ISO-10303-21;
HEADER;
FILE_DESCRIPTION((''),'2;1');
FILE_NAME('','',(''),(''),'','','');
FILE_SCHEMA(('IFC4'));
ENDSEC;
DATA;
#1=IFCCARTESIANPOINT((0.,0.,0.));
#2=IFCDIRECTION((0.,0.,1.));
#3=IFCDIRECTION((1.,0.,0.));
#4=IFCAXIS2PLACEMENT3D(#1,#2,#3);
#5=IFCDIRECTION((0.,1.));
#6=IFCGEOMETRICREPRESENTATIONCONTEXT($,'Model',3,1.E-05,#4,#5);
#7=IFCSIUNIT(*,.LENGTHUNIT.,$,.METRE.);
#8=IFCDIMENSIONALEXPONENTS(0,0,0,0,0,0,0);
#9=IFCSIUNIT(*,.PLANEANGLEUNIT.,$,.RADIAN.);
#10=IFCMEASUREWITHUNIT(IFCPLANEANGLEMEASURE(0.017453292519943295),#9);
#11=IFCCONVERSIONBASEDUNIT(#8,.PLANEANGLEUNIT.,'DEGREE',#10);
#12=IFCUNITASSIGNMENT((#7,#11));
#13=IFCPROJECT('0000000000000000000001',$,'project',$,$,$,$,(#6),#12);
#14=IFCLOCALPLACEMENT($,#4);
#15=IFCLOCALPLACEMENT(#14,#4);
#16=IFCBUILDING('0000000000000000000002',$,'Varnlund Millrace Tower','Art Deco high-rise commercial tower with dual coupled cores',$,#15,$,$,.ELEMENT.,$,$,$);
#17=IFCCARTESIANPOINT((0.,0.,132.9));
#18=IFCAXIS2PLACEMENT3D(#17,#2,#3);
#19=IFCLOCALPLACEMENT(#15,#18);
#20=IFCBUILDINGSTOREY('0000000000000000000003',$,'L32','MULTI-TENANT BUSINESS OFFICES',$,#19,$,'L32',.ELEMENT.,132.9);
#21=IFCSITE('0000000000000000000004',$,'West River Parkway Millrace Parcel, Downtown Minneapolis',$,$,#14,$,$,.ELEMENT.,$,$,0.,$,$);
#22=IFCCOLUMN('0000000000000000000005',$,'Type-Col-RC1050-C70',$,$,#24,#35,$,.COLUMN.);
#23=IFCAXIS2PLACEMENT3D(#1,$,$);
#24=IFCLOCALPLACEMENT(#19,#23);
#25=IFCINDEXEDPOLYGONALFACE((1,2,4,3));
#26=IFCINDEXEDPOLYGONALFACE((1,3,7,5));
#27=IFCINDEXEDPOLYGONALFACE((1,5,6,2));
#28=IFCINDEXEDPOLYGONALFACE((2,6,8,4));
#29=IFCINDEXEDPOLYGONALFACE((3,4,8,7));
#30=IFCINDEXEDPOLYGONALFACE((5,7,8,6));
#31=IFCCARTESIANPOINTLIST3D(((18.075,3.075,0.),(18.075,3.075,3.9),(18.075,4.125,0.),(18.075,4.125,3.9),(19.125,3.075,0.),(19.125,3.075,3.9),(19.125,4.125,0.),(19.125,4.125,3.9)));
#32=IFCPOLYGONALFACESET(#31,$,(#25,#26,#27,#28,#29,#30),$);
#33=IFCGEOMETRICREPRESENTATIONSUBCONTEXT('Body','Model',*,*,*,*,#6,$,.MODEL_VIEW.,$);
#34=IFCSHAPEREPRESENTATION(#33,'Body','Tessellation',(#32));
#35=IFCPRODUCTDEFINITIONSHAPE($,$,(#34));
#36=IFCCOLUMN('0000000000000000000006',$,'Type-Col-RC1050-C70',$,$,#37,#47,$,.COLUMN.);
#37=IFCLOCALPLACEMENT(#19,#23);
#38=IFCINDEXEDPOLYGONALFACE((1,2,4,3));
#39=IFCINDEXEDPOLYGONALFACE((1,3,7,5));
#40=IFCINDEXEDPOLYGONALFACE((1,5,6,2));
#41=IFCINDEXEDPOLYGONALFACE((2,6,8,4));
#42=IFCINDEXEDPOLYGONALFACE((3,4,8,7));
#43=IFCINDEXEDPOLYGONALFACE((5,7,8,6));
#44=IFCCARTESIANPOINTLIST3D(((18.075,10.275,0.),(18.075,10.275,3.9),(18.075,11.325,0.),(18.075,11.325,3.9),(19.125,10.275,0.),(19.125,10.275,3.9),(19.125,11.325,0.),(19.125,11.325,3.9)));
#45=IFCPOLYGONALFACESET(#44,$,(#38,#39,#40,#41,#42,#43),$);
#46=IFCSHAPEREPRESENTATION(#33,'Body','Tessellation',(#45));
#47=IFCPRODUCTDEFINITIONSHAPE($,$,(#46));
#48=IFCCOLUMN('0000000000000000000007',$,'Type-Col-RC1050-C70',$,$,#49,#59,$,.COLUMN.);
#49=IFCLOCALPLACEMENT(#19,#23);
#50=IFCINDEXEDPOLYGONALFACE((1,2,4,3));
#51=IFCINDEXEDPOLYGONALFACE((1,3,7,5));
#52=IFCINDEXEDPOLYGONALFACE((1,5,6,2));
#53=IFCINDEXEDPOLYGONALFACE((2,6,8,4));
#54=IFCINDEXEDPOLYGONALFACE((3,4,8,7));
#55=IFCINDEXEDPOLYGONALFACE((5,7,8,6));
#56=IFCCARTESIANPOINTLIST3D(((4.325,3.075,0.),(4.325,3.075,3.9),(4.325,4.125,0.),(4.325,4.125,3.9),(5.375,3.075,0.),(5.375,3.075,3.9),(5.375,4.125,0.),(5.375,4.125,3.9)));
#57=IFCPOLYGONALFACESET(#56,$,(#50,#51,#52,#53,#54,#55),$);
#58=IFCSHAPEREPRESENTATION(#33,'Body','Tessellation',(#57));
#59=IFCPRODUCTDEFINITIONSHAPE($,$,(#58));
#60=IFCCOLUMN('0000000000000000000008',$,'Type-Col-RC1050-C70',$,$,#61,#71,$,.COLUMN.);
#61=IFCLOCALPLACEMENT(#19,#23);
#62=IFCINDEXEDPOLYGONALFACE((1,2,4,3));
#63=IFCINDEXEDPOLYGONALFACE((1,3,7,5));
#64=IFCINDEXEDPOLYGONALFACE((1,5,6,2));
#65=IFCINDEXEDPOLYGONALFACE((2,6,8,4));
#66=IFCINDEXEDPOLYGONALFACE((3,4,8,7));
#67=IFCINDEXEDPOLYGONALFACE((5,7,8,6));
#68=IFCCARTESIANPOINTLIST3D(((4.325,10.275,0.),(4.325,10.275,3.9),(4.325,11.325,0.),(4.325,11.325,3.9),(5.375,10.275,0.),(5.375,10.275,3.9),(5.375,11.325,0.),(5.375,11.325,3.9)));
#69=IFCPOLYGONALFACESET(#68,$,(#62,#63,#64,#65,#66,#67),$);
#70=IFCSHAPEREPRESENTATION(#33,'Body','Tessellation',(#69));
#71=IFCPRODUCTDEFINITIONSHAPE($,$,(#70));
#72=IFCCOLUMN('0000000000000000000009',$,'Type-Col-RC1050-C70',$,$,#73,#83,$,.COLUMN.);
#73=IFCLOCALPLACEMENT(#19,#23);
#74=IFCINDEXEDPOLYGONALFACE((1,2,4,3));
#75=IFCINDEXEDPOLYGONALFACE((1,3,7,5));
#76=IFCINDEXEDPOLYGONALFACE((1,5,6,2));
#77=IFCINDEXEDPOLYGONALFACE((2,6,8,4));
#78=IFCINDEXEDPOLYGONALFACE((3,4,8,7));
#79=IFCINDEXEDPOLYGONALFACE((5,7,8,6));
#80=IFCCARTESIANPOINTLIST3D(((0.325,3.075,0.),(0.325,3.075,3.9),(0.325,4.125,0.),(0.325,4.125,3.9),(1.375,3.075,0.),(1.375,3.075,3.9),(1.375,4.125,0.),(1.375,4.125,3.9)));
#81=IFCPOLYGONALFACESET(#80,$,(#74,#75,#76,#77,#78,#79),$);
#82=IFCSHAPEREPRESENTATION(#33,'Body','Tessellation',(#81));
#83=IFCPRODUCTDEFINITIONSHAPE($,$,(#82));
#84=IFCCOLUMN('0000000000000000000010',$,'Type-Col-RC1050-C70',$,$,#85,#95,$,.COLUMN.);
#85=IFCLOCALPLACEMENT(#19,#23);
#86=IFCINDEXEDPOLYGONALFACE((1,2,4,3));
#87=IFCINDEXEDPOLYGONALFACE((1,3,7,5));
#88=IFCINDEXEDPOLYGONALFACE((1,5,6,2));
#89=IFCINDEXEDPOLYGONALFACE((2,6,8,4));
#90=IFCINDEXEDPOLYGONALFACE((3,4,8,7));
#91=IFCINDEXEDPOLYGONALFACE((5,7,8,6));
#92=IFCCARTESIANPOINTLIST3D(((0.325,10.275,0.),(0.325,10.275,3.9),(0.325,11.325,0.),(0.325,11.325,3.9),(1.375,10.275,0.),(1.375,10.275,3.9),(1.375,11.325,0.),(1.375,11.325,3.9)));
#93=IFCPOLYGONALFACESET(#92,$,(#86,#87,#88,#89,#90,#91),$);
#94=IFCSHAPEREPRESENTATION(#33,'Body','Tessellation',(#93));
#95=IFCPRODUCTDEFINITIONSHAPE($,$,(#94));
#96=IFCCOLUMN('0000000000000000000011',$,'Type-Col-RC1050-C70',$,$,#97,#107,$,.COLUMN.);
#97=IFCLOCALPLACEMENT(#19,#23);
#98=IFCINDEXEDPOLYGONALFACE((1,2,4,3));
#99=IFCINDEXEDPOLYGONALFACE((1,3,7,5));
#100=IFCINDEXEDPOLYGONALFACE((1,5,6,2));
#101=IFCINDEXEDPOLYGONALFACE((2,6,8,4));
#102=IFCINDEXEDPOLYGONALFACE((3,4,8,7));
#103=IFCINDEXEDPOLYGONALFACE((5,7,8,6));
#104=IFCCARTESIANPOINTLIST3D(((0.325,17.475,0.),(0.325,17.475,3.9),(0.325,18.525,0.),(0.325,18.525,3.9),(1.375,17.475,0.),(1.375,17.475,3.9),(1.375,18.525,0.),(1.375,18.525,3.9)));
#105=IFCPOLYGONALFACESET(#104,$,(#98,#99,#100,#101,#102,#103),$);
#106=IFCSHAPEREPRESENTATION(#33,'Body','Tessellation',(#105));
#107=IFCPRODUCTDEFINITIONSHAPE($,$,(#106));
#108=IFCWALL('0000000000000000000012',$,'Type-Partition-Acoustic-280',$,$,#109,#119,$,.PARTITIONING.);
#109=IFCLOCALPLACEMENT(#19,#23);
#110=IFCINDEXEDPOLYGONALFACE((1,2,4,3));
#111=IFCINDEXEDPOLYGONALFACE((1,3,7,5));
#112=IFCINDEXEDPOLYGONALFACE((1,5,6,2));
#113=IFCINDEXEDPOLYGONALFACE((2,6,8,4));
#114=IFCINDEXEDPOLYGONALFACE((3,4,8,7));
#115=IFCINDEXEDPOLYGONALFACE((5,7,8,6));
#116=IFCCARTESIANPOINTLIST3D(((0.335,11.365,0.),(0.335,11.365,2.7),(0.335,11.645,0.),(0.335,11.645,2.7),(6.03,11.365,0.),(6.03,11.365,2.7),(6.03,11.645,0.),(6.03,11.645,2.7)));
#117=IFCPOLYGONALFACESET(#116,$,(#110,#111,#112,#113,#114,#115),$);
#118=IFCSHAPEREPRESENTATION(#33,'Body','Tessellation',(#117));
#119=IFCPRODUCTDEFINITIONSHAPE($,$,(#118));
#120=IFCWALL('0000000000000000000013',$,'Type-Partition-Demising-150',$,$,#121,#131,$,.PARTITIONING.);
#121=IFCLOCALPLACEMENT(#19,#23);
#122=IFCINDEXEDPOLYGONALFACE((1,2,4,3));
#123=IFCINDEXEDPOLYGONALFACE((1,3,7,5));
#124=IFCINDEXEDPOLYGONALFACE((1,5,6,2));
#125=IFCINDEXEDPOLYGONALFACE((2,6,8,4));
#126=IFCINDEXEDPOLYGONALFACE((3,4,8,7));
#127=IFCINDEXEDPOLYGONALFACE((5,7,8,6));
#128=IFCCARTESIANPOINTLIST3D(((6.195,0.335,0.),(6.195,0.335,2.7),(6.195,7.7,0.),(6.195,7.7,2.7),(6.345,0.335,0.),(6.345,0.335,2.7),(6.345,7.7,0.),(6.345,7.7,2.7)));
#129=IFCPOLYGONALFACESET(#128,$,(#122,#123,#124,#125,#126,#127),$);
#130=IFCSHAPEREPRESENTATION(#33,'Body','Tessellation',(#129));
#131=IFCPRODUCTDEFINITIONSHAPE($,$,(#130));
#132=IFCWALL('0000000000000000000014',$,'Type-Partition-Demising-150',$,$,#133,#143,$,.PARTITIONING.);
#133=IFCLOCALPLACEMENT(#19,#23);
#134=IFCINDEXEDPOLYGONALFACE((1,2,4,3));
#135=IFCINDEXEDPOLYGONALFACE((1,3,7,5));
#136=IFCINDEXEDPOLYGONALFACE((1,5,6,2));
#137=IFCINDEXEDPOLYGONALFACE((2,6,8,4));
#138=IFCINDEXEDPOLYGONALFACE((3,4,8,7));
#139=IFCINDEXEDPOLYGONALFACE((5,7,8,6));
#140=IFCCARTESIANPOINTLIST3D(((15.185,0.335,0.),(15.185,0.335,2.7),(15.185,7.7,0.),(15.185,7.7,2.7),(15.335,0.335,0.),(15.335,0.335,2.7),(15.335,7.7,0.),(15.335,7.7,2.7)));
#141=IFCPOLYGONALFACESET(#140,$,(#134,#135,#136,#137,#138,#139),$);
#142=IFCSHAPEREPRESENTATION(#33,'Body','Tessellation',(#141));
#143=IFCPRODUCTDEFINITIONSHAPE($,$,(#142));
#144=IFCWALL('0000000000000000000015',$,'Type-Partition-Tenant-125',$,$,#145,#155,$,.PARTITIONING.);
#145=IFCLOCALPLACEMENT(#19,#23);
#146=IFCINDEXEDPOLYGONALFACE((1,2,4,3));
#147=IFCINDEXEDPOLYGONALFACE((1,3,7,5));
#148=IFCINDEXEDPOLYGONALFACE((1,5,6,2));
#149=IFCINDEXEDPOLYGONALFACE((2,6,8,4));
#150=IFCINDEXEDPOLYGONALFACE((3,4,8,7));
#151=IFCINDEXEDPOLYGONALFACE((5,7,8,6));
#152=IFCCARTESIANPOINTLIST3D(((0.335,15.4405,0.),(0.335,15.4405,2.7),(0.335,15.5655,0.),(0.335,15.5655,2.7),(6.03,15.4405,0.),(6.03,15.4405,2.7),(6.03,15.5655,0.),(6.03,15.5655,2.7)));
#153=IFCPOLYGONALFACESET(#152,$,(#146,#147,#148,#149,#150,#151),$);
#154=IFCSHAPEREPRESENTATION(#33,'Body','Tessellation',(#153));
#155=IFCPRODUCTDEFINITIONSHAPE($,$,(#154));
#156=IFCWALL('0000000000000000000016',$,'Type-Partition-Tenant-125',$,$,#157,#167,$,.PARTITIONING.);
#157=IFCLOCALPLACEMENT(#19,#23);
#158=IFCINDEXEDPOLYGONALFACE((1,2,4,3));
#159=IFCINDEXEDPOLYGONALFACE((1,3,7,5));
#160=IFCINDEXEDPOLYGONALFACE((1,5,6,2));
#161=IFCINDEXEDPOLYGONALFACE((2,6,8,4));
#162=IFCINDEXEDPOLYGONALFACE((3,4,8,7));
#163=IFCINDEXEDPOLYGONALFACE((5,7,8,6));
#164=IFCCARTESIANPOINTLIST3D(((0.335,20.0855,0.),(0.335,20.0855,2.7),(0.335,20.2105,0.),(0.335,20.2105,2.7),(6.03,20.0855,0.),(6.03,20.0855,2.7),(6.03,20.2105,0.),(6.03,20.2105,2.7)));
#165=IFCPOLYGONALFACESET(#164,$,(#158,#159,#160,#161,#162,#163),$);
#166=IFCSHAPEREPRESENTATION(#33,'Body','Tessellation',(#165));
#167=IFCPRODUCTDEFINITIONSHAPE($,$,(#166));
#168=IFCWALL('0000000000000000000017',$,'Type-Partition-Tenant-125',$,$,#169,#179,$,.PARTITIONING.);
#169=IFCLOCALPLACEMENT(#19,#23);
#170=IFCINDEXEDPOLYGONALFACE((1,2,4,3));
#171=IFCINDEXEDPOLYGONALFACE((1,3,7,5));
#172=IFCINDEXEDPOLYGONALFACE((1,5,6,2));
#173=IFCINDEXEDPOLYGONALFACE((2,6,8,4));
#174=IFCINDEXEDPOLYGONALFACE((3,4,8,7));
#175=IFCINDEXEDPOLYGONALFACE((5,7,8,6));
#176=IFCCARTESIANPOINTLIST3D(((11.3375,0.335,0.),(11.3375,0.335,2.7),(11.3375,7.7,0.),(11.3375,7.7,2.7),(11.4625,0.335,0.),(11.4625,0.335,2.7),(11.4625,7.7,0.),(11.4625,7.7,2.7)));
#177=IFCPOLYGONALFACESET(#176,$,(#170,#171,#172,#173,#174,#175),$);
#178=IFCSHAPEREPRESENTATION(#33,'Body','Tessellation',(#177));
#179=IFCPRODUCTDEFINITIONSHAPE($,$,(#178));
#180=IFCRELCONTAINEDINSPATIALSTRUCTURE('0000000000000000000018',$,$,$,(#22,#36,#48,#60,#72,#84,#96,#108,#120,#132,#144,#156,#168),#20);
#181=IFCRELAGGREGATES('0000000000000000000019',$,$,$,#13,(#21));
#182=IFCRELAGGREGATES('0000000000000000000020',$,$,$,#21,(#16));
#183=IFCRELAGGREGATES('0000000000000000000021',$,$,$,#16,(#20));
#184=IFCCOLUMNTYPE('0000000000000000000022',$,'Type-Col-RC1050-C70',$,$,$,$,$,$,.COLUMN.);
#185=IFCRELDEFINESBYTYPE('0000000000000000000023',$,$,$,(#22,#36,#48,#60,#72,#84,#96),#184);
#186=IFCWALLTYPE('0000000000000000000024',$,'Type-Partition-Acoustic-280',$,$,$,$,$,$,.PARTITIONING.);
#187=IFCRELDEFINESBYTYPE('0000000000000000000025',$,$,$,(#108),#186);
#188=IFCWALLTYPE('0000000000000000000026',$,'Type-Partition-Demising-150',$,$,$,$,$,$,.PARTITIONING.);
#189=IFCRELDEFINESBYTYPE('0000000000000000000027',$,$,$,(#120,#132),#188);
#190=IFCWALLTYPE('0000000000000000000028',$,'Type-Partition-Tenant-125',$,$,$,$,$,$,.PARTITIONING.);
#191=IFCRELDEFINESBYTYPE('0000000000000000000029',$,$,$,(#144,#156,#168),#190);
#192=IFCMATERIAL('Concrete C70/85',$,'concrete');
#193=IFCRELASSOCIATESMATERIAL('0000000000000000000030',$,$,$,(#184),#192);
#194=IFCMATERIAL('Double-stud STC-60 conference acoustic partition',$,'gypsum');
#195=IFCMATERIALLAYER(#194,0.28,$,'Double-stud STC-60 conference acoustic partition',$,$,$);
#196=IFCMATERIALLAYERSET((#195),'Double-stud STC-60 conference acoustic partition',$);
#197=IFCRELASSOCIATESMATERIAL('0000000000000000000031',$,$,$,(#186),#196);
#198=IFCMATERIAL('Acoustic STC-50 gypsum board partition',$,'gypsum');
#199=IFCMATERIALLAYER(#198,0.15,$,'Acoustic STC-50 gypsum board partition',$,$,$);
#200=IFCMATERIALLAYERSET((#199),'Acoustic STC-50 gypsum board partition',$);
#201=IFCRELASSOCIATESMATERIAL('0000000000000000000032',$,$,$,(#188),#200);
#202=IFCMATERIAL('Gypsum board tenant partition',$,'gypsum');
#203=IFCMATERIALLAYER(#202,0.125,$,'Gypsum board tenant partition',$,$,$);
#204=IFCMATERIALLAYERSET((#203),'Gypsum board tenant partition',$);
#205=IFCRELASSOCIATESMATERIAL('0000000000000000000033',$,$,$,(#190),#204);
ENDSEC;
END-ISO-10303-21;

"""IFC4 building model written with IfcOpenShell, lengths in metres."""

from ifc_helpers import new_model, entity, si_unit, converted_unit, direction, frame, origin_with_axes, origin_2d_with_axis, place, context, subcontext, project, spatial, polyline, rectangle, outline, extrude, material, layer, layer_set, material_profile, profile_set, type_object, element, save


model = new_model("IFC4")

# Units and contexts
model_context = context("Model", 3, precision=1e-05, world=origin_with_axes(), true_north=direction((0.0, 1.0)))
body_context = subcontext(model_context, "Body", "Model", "MODEL_VIEW")
ifc_project = project(units=[si_unit("LENGTHUNIT", "METRE"), converted_unit("PLANEANGLEUNIT", "DEGREE", entity("IfcPlaneAngleMeasure", 0.017453292519943295), si_unit("PLANEANGLEUNIT", "RADIAN"), dimensions=[0, 0, 0, 0, 0, 0, 0])], contexts=[model_context])

# Site, building, storey
site_placement = place(None, origin_with_axes())
site = spatial("IfcSite", under=ifc_project, at=site_placement, Name="West River Parkway Millrace Parcel, Downtown Minneapolis", CompositionType="ELEMENT", RefElevation=0.0)
building_placement = place(site_placement, origin_with_axes())
building = spatial("IfcBuilding", under=site, at=building_placement, Name="Varnlund Millrace Tower", Description="Art Deco high-rise commercial tower with dual coupled cores", CompositionType="ELEMENT")
storey_placement = place(building_placement, frame((0.0, 0.0, 132.9), z_axis=(0.0, 0.0, 1.0), x_axis=(1.0, 0.0, 0.0)))
storey = spatial("IfcBuildingStorey", under=building, at=storey_placement, Name="L32", Description="MULTI-TENANT BUSINESS OFFICES", LongName="L32", CompositionType="ELEMENT", Elevation=132.9)

# Columns
ifc_material_1 = material(Name="Concrete C70/85", Category="concrete")
ifc_material_profile = material_profile(ifc_material_1, rectangle(XDim=1.05, YDim=1.05, at=origin_2d_with_axis()), Name="Concrete C70/85")
ifc_profile_set = profile_set([ifc_material_profile], Name="Concrete C70/85")
column_type = type_object("IfcColumnType", Name="Type-Col-RC1050-C70", PredefinedType="COLUMN", material=ifc_profile_set)
for number, where, z_axis, x_axis, name in (
    (1, (18.6, 3.6, 0.0), (0.0, 0.0, 1.0), (1.0, 0.0, 0.0), "Type-Col-RC1050-C70"),
    (2, (18.6, 10.8, 0.0), (0.0, 0.0, 1.0), (1.0, 0.0, 0.0), "Type-Col-RC1050-C70"),
    (3, (4.85, 3.6, 0.0), (0.0, 0.0, 1.0), (1.0, 0.0, 0.0), "Type-Col-RC1050-C70"),
    (4, (4.85, 10.8, 0.0), (0.0, 0.0, 1.0), (1.0, 0.0, 0.0), "Type-Col-RC1050-C70"),
    (5, (0.85, 3.6, 0.0), (0.0, 0.0, 1.0), (1.0, 0.0, 0.0), "Type-Col-RC1050-C70"),
    (6, (0.85, 10.8, 0.0), (0.0, 0.0, 1.0), (1.0, 0.0, 0.0), "Type-Col-RC1050-C70"),
    (7, (0.85, 18.0, 0.0), (0.0, 0.0, 1.0), (1.0, 0.0, 0.0), "Type-Col-RC1050-C70"),
):
    element("IfcColumn", number, at=place(storey_placement, frame(where, z_axis=z_axis, x_axis=x_axis)), inside=storey, type_object=column_type, Name=name, PredefinedType="COLUMN", context=body_context, shape_type="SweptSolid", body=[
        extrude(rectangle(XDim=1.05, YDim=1.05, at=origin_2d_with_axis()), origin_with_axes(), (0.0, 0.0, 1.0), 3.9),
    ])

# Wall
ifc_material_2 = material(Name="Double-stud STC-60 conference acoustic partition", Category="gypsum")
ifc_layer_1 = layer(ifc_material_2, 0.28, Name="Double-stud STC-60 conference acoustic partition")
ifc_layer_set_1 = layer_set([ifc_layer_1], Name="Double-stud STC-60 conference acoustic partition")
wall_type_1 = type_object("IfcWallType", Name="Type-Partition-Acoustic-280", PredefinedType="PARTITIONING", material=ifc_layer_set_1)
wall_1_placement = place(storey_placement, frame((0.335, 11.505, 0.0), z_axis=(0.0, 0.0, 1.0), x_axis=(1.0, 0.0, 0.0)))
element("IfcWall", 8, at=wall_1_placement, inside=storey, type_object=wall_type_1, Name="Type-Partition-Acoustic-280", PredefinedType="PARTITIONING", context=body_context, shape_type="SweptSolid", body=[
    extrude(outline(polyline([(0.0, -0.14), (5.695, -0.14), (5.695, 0.14), (0.0, 0.14), (0.0, -0.14)])), origin_with_axes(), (0.0, 0.0, 1.0), 2.7),
])

# Walls
ifc_material_3 = material(Name="Acoustic STC-50 gypsum board partition", Category="gypsum")
ifc_layer_2 = layer(ifc_material_3, 0.15, Name="Acoustic STC-50 gypsum board partition")
ifc_layer_set_2 = layer_set([ifc_layer_2], Name="Acoustic STC-50 gypsum board partition")
wall_type_2 = type_object("IfcWallType", Name="Type-Partition-Demising-150", PredefinedType="PARTITIONING", material=ifc_layer_set_2)
for number, where, z_axis, x_axis, name in (
    (9, (6.27, 0.335, 0.0), (0.0, 0.0, 1.0), (0.0, 1.0, 0.0), "Type-Partition-Demising-150"),
    (10, (15.26, 0.335, 0.0), (0.0, 0.0, 1.0), (0.0, 1.0, 0.0), "Type-Partition-Demising-150"),
):
    element("IfcWall", number, at=place(storey_placement, frame(where, z_axis=z_axis, x_axis=x_axis)), inside=storey, type_object=wall_type_2, Name=name, PredefinedType="PARTITIONING", context=body_context, shape_type="SweptSolid", body=[
        extrude(outline(polyline([(0.0, -0.075), (7.365, -0.075), (7.365, 0.075), (0.0, 0.075), (0.0, -0.075)])), origin_with_axes(), (0.0, 0.0, 1.0), 2.7),
    ])
ifc_material_4 = material(Name="Gypsum board tenant partition", Category="gypsum")
ifc_layer_3 = layer(ifc_material_4, 0.125, Name="Gypsum board tenant partition")
ifc_layer_set_3 = layer_set([ifc_layer_3], Name="Gypsum board tenant partition")
wall_type_3 = type_object("IfcWallType", Name="Type-Partition-Tenant-125", PredefinedType="PARTITIONING", material=ifc_layer_set_3)
for number, where, z_axis, x_axis, name in (
    (11, (0.335, 15.503, 0.0), (0.0, 0.0, 1.0), (1.0, 0.0, 0.0), "Type-Partition-Tenant-125"),
    (12, (0.335, 20.148, 0.0), (0.0, 0.0, 1.0), (1.0, 0.0, 0.0), "Type-Partition-Tenant-125"),
):
    element("IfcWall", number, at=place(storey_placement, frame(where, z_axis=z_axis, x_axis=x_axis)), inside=storey, type_object=wall_type_3, Name=name, PredefinedType="PARTITIONING", context=body_context, shape_type="SweptSolid", body=[
        extrude(outline(polyline([(0.0, -0.0625), (5.695, -0.0625), (5.695, 0.0625), (0.0, 0.0625), (0.0, -0.0625)])), origin_with_axes(), (0.0, 0.0, 1.0), 2.7),
    ])
wall_2_placement = place(storey_placement, frame((11.4, 0.335, 0.0), z_axis=(0.0, 0.0, 1.0), x_axis=(0.0, 1.0, 0.0)))
element("IfcWall", 13, at=wall_2_placement, inside=storey, type_object=wall_type_3, Name="Type-Partition-Tenant-125", PredefinedType="PARTITIONING", context=body_context, shape_type="SweptSolid", body=[
    extrude(outline(polyline([(0.0, -0.0625), (7.365, -0.0625), (7.365, 0.0625), (0.0, 0.0625), (0.0, -0.0625)])), origin_with_axes(), (0.0, 0.0, 1.0), 2.7),
])

save(model, "model.ifc")
